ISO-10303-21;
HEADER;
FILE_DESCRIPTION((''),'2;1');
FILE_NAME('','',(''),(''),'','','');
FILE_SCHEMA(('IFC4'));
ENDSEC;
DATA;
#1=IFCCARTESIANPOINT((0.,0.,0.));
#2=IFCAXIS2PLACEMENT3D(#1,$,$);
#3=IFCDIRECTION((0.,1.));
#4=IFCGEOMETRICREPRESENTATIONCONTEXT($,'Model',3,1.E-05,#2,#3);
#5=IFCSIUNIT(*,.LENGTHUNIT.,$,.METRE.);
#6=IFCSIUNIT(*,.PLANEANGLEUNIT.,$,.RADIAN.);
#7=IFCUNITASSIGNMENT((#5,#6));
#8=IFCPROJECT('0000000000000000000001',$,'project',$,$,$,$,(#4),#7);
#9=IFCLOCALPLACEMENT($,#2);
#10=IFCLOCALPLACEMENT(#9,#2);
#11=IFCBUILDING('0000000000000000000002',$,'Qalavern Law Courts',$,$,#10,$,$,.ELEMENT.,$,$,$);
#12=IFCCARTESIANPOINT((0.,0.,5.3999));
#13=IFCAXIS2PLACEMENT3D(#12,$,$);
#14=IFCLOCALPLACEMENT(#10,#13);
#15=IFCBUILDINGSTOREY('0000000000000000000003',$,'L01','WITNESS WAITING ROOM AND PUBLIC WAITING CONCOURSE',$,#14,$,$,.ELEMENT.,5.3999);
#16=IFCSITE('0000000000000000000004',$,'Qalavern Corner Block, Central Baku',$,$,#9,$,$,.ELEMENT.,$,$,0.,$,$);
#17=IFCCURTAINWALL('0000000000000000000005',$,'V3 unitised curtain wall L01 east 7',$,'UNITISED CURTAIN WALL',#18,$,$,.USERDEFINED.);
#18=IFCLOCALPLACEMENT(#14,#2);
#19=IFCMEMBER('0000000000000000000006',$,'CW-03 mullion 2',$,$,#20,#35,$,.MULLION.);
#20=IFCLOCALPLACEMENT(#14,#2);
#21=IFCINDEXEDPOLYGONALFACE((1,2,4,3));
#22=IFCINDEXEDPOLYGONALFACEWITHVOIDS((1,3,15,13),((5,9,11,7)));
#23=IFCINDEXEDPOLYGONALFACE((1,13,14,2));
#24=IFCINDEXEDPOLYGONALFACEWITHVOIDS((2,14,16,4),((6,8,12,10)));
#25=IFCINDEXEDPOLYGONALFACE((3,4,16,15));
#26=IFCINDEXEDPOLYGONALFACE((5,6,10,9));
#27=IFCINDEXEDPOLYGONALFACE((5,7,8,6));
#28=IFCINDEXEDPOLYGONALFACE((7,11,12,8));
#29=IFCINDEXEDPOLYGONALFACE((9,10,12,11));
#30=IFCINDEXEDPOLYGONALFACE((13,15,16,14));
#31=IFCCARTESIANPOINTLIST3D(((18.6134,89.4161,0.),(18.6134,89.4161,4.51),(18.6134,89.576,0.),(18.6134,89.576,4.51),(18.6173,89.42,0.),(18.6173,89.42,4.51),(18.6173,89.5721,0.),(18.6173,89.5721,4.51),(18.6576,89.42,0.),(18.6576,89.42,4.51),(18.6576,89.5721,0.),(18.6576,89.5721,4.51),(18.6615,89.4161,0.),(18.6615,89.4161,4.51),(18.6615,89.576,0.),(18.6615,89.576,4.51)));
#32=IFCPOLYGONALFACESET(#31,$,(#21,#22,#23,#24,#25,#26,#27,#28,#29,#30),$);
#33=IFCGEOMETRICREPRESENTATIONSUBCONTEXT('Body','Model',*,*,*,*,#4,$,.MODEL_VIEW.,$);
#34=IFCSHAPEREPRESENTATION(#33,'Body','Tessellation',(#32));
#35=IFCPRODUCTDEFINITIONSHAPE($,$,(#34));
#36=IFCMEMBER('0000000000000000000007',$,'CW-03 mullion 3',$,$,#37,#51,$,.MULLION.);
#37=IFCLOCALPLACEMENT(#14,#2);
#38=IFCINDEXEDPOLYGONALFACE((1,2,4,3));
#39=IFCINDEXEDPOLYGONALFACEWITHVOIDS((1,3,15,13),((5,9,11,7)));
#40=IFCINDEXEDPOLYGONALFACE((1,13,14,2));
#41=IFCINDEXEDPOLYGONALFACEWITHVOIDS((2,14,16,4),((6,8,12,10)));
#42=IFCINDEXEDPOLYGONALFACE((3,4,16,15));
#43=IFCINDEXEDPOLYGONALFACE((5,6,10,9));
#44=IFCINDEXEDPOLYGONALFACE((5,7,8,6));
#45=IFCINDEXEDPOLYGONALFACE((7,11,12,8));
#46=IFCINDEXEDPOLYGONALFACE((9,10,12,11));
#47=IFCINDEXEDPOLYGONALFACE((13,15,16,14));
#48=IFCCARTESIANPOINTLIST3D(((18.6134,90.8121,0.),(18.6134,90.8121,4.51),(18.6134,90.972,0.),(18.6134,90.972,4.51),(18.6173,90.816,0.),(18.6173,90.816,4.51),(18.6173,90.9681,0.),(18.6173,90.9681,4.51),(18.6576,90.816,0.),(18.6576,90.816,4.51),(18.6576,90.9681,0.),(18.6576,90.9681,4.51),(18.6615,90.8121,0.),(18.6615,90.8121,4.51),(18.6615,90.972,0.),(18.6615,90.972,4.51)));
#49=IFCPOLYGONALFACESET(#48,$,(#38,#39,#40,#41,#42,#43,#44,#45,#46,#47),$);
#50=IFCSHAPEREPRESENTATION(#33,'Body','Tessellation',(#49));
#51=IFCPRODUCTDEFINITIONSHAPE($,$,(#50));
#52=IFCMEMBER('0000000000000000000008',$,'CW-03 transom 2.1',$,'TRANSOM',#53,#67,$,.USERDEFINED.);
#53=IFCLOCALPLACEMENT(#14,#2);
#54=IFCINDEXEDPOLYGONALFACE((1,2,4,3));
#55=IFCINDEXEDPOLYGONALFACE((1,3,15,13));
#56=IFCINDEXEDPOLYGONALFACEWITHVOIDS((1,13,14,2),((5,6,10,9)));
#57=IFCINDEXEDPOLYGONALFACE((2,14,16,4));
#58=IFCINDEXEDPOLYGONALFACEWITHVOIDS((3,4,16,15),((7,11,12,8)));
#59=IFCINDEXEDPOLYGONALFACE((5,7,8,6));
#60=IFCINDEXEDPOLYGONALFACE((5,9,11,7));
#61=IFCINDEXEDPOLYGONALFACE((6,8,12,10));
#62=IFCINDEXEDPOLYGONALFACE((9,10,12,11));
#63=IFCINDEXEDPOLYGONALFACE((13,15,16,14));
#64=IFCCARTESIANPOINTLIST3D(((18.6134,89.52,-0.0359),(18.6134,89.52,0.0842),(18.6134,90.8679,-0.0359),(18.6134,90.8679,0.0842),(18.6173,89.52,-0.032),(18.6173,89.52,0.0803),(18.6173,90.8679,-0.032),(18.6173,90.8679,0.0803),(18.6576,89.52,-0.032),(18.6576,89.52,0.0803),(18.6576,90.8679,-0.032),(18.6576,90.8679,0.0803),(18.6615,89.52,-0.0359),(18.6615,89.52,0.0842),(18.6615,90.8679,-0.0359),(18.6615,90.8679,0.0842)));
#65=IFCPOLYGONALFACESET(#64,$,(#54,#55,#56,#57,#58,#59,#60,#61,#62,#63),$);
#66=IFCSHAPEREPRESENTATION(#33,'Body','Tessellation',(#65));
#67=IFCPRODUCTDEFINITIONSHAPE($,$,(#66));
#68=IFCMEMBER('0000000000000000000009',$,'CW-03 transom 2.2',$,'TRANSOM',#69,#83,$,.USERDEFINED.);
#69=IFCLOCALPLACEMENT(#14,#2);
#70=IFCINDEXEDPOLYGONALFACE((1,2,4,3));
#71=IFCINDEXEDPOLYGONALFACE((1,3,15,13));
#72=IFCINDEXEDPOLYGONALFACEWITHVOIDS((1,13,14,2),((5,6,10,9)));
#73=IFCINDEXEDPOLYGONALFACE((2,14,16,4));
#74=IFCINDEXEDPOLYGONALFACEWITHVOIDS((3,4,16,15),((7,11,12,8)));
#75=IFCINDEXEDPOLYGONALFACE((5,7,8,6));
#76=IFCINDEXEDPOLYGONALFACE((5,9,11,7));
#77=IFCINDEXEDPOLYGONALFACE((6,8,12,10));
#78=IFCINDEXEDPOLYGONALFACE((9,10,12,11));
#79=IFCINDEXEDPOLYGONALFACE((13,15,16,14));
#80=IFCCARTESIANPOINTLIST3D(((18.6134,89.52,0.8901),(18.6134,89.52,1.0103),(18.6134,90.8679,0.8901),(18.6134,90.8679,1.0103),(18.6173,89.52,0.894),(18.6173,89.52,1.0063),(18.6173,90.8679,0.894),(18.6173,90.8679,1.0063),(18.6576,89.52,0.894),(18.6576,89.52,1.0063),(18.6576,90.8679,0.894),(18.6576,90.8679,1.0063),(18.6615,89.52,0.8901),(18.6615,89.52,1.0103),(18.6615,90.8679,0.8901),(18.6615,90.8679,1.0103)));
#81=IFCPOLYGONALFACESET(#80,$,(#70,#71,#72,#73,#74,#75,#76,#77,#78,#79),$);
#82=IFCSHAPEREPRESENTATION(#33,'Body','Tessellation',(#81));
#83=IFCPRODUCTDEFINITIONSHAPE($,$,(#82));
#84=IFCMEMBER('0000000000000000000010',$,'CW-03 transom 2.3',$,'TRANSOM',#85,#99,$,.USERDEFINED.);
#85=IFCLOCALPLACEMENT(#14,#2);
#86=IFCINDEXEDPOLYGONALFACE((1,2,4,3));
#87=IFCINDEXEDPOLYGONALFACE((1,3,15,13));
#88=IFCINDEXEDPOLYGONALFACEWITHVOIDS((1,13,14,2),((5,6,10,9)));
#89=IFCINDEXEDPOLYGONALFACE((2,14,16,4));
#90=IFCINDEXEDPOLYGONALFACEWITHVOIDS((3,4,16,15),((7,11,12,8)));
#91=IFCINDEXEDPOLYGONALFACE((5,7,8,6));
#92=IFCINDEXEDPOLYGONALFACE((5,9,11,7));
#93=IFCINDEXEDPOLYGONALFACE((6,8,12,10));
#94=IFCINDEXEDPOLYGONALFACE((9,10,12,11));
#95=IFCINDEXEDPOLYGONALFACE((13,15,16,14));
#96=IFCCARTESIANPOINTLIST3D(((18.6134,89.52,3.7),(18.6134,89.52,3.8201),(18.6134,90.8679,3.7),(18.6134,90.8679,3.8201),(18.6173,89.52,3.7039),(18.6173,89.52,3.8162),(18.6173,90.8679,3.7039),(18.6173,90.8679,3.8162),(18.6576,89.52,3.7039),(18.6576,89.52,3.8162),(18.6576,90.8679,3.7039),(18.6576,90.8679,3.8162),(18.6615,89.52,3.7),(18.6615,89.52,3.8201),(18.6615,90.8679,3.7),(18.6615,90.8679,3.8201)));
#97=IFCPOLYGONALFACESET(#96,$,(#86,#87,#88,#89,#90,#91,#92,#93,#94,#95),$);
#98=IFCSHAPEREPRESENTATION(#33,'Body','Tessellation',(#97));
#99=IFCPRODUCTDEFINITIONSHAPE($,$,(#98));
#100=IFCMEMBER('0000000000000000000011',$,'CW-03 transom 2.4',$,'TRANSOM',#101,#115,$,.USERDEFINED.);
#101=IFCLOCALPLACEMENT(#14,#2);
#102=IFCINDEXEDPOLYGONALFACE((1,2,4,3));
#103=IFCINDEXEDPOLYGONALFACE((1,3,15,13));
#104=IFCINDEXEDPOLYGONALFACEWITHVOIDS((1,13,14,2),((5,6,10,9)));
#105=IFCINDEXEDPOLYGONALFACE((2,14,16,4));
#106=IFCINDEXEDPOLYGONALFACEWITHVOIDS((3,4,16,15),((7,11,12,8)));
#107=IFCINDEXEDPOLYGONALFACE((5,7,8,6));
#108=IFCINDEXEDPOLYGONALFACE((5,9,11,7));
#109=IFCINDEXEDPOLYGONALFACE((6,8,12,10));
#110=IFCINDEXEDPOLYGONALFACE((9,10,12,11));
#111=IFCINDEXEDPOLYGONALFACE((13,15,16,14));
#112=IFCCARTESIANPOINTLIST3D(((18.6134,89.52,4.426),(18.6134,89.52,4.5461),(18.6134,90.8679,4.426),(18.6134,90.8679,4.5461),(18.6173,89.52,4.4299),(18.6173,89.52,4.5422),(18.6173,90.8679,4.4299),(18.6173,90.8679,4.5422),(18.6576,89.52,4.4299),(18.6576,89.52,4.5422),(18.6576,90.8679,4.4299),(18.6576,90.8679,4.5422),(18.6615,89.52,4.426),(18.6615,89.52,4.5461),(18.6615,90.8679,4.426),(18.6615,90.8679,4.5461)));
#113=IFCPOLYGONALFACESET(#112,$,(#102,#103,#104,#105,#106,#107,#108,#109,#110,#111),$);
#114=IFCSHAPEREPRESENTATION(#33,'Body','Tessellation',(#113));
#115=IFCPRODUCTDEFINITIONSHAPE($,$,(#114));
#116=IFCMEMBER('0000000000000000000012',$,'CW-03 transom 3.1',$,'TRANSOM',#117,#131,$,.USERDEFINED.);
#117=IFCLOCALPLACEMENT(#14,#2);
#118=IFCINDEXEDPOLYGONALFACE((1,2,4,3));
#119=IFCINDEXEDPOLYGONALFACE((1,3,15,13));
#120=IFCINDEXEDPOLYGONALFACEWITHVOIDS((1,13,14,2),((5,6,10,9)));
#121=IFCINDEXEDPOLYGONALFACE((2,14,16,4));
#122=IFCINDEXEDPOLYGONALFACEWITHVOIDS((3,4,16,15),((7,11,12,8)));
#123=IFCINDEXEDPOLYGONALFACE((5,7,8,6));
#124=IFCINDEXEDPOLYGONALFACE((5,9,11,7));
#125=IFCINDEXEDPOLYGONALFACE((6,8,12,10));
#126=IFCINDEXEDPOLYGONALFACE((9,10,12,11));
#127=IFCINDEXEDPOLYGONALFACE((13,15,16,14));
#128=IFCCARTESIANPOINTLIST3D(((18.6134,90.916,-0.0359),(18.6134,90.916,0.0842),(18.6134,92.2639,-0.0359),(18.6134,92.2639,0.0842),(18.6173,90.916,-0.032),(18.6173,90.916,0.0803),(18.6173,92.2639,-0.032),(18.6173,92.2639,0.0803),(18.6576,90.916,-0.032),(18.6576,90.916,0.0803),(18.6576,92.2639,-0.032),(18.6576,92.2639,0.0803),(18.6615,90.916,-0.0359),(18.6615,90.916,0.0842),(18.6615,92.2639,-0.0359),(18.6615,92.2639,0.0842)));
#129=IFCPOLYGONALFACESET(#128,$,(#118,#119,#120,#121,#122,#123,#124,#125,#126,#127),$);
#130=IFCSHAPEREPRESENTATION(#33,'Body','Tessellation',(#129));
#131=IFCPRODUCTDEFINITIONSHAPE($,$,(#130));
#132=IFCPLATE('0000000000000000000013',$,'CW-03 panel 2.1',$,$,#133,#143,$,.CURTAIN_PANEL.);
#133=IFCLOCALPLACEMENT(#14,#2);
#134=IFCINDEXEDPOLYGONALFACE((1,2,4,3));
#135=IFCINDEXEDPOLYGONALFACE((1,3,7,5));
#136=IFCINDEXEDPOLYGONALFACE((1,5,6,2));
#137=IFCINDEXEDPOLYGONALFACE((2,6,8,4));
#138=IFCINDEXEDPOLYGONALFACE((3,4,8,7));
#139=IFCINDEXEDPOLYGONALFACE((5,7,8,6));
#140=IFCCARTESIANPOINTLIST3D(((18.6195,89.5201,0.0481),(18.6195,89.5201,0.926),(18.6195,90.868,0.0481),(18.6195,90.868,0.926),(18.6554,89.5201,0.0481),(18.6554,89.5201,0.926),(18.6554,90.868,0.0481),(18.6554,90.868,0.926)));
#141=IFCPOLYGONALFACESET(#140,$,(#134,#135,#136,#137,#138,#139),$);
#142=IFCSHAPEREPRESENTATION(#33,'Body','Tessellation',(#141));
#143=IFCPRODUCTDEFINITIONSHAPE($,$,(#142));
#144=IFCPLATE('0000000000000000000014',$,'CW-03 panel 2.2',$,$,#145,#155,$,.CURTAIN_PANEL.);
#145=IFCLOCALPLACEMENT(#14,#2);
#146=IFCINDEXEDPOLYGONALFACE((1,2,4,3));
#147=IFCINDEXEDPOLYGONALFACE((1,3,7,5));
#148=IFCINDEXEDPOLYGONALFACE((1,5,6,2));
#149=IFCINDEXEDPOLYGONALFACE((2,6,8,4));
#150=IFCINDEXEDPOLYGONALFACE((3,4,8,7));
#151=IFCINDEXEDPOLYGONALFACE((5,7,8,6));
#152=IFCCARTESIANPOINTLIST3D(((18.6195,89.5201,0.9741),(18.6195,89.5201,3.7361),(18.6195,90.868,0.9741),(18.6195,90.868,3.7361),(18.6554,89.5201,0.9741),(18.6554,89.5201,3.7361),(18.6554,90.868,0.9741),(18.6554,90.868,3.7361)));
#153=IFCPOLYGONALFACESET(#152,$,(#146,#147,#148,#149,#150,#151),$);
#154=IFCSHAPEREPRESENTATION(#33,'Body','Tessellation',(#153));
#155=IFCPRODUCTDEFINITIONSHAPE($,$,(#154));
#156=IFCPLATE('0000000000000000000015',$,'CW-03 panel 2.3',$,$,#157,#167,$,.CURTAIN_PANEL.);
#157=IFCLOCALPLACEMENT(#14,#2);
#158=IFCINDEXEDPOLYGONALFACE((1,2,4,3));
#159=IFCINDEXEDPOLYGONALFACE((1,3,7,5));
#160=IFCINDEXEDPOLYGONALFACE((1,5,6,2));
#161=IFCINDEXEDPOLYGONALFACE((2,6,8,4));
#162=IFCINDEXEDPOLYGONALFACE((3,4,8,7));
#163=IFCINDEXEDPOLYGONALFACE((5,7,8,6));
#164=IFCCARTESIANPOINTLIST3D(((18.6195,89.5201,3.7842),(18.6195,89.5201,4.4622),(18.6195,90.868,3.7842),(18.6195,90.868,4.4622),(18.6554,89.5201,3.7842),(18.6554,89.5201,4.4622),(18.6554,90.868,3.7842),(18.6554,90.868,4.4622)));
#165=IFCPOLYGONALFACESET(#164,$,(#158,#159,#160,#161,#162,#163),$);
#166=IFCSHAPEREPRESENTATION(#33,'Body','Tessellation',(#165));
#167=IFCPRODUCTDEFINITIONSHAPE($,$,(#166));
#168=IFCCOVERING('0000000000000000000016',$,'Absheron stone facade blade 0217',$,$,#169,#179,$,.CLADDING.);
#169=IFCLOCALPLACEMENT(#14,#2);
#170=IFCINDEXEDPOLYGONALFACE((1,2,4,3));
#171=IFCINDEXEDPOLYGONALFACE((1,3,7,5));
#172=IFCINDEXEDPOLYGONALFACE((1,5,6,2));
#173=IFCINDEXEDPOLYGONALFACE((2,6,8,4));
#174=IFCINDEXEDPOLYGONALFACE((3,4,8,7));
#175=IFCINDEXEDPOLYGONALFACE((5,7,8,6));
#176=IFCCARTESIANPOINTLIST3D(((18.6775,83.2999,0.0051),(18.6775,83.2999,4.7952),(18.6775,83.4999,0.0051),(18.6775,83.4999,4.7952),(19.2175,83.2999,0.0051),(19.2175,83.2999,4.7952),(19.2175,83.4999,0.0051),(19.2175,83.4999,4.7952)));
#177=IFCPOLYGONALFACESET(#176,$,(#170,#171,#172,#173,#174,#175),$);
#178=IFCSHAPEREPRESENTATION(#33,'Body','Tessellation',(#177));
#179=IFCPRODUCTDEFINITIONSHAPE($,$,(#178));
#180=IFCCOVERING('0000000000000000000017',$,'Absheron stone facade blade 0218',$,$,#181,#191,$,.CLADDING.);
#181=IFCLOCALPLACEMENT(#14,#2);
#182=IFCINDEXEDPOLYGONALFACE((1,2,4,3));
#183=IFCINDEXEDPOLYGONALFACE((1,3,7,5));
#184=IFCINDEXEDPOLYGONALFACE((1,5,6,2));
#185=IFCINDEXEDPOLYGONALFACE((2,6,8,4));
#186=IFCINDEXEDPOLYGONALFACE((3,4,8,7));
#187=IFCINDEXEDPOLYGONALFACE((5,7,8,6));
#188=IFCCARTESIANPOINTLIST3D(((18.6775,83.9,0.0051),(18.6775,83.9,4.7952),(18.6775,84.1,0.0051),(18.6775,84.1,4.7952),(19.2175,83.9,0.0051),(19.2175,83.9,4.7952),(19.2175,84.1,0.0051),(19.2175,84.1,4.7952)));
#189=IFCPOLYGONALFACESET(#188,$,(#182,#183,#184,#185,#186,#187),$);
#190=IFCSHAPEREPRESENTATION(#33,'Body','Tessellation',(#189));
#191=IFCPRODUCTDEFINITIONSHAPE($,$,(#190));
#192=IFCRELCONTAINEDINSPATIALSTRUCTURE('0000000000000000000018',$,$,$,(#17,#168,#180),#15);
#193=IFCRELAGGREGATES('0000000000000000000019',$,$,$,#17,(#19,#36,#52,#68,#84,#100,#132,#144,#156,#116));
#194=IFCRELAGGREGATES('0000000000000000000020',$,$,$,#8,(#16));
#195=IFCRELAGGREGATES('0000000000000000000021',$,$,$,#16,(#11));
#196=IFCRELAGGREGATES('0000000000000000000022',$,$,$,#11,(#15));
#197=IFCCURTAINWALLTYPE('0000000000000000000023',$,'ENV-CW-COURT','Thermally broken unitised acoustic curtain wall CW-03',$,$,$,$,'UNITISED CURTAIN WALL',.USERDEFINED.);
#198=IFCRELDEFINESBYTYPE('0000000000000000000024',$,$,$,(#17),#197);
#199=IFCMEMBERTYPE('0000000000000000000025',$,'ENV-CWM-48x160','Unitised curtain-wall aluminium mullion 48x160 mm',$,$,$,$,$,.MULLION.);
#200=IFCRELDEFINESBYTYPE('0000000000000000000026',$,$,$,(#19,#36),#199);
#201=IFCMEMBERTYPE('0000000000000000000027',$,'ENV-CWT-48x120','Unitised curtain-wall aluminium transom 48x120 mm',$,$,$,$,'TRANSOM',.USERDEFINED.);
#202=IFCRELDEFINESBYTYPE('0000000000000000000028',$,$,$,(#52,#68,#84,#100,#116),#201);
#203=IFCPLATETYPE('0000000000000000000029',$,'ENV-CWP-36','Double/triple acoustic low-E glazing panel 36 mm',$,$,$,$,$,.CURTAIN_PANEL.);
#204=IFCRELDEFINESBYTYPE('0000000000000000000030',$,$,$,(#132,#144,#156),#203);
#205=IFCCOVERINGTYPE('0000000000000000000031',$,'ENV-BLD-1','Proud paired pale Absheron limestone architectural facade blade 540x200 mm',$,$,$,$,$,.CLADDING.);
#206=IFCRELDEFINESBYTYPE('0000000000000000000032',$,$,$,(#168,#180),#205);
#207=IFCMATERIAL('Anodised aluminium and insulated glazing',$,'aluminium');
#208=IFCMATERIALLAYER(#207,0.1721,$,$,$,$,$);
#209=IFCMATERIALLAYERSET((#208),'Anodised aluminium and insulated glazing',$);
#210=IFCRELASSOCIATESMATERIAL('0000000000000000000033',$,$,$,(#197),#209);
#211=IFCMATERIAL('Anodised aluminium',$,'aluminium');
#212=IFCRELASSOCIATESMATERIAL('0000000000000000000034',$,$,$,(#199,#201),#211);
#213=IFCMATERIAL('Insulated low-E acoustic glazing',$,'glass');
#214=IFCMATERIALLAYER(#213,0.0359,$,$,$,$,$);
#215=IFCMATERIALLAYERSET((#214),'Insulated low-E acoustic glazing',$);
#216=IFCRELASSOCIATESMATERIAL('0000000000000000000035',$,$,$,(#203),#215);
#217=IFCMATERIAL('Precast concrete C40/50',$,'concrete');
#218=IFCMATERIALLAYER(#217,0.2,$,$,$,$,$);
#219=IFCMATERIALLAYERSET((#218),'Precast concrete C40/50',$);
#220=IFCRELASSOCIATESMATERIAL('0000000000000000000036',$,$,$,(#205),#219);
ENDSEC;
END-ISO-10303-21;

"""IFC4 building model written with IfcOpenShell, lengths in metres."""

from ifc_helpers import new_model, si_unit, direction, frame, origin, origin_2d, place, context, subcontext, project, spatial, rectangle, hollow_rectangle, extrude, material, layer, layer_set, material_profile, profile_set, type_object, element, aggregate, save


model = new_model("IFC4")

# Units and contexts
model_context = context("Model", 3, precision=1e-05, world=origin(), true_north=direction((0.0, 1.0)))
body_context = subcontext(model_context, "Body", "Model", "MODEL_VIEW")
ifc_project = project(units=[si_unit("LENGTHUNIT", "METRE"), si_unit("PLANEANGLEUNIT", "RADIAN")], contexts=[model_context])

# Site, building, storey
site_placement = place(None, origin())
site = spatial("IfcSite", under=ifc_project, at=site_placement, Name="Qalavern Corner Block, Central Baku", CompositionType="ELEMENT", RefElevation=0.0)
building_placement = place(site_placement, origin())
building = spatial("IfcBuilding", under=site, at=building_placement, Name="Qalavern Law Courts", CompositionType="ELEMENT")
storey_placement = place(building_placement, frame((0.0, 0.0, 5.3999)))
storey = spatial("IfcBuildingStorey", under=building, at=storey_placement, Name="L01", Description="WITNESS WAITING ROOM AND PUBLIC WAITING CONCOURSE", CompositionType="ELEMENT", Elevation=5.3999)

# Curtain wall, members, plates
ifc_material_1 = material(Name="Anodised aluminium and insulated glazing", Category="aluminium")
ifc_layer_1 = layer(ifc_material_1, 0.1721)
ifc_layer_set_1 = layer_set([ifc_layer_1], Name="Anodised aluminium and insulated glazing")
curtain_wall_type = type_object("IfcCurtainWallType", Name="ENV-CW-COURT", Description="Thermally broken unitised acoustic curtain wall CW-03", ElementType="UNITISED CURTAIN WALL", PredefinedType="USERDEFINED", material=ifc_layer_set_1)
curtain_wall_placement = place(storey_placement, origin())
curtain_wall = element("IfcCurtainWall", 1, at=curtain_wall_placement, inside=storey, type_object=curtain_wall_type, Name="V3 unitised curtain wall L01 east 7", ObjectType="UNITISED CURTAIN WALL", PredefinedType="USERDEFINED")
ifc_material_2 = material(Name="Anodised aluminium", Category="aluminium")
ifc_material_profile_1 = material_profile(ifc_material_2, hollow_rectangle(XDim=0.0481, YDim=0.1599, WallThickness=0.0039, at=origin_2d()), Name="ALU MULLION 48x160")
ifc_profile_set_1 = profile_set([ifc_material_profile_1], Name="Anodised aluminium")
member_type_1 = type_object("IfcMemberType", Name="ENV-CWM-48x160", Description="Unitised curtain-wall aluminium mullion 48x160 mm", PredefinedType="MULLION", material=ifc_profile_set_1)
member_1_placement = place(storey_placement, frame((18.6375, 89.4961, 0.0), z_axis=(0.0, 0.0, 1.0), x_axis=(-1.0, 0.0, 0.0)))
member_1 = element("IfcMember", 2, at=member_1_placement, type_object=member_type_1, Name="CW-03 mullion 2", PredefinedType="MULLION", context=body_context, shape_type="SweptSolid", body=[
    extrude(hollow_rectangle(XDim=0.0481, YDim=0.1599, WallThickness=0.0039, at=origin_2d()), origin(), (0.0, 0.0, 1.0), 4.51),
])
member_2_placement = place(storey_placement, frame((18.6375, 90.8921, 0.0), z_axis=(0.0, 0.0, 1.0), x_axis=(-1.0, 0.0, 0.0)))
member_2 = element("IfcMember", 3, at=member_2_placement, type_object=member_type_1, Name="CW-03 mullion 3", PredefinedType="MULLION", context=body_context, shape_type="SweptSolid", body=[
    extrude(hollow_rectangle(XDim=0.0481, YDim=0.1599, WallThickness=0.0039, at=origin_2d()), origin(), (0.0, 0.0, 1.0), 4.51),
])
ifc_material_profile_2 = material_profile(ifc_material_2, hollow_rectangle(XDim=0.0481, YDim=0.1201, WallThickness=0.0039, at=origin_2d()), Name="ALU TRANSOM 48x120")
ifc_profile_set_2 = profile_set([ifc_material_profile_2], Name="Anodised aluminium")
member_type_2 = type_object("IfcMemberType", Name="ENV-CWT-48x120", Description="Unitised curtain-wall aluminium transom 48x120 mm", ElementType="TRANSOM", PredefinedType="USERDEFINED", material=ifc_profile_set_2)
member_3_placement = place(storey_placement, frame((18.6375, 89.52, 0.0242), z_axis=(0.0, 1.0, 0.0), x_axis=(-1.0, 0.0, 0.0)))
member_3 = element("IfcMember", 4, at=member_3_placement, type_object=member_type_2, Name="CW-03 transom 2.1", ObjectType="TRANSOM", PredefinedType="USERDEFINED", context=body_context, shape_type="SweptSolid", body=[
    extrude(hollow_rectangle(XDim=0.0481, YDim=0.1201, WallThickness=0.0039, at=origin_2d()), origin(), (0.0, 0.0, 1.0), 1.3479),
])
member_4_placement = place(storey_placement, frame((18.6375, 89.52, 0.9502), z_axis=(0.0, 1.0, 0.0), x_axis=(-1.0, 0.0, 0.0)))
member_4 = element("IfcMember", 5, at=member_4_placement, type_object=member_type_2, Name="CW-03 transom 2.2", ObjectType="TRANSOM", PredefinedType="USERDEFINED", context=body_context, shape_type="SweptSolid", body=[
    extrude(hollow_rectangle(XDim=0.0481, YDim=0.1201, WallThickness=0.0039, at=origin_2d()), origin(), (0.0, 0.0, 1.0), 1.3479),
])
member_5_placement = place(storey_placement, frame((18.6375, 89.52, 3.76), z_axis=(0.0, 1.0, 0.0), x_axis=(-1.0, 0.0, 0.0)))
member_5 = element("IfcMember", 6, at=member_5_placement, type_object=member_type_2, Name="CW-03 transom 2.3", ObjectType="TRANSOM", PredefinedType="USERDEFINED", context=body_context, shape_type="SweptSolid", body=[
    extrude(hollow_rectangle(XDim=0.0481, YDim=0.1201, WallThickness=0.0039, at=origin_2d()), origin(), (0.0, 0.0, 1.0), 1.3479),
])
member_6_placement = place(storey_placement, frame((18.6375, 89.52, 4.4861), z_axis=(0.0, 1.0, 0.0), x_axis=(-1.0, 0.0, 0.0)))
member_6 = element("IfcMember", 7, at=member_6_placement, type_object=member_type_2, Name="CW-03 transom 2.4", ObjectType="TRANSOM", PredefinedType="USERDEFINED", context=body_context, shape_type="SweptSolid", body=[
    extrude(hollow_rectangle(XDim=0.0481, YDim=0.1201, WallThickness=0.0039, at=origin_2d()), origin(), (0.0, 0.0, 1.0), 1.3479),
])
member_7_placement = place(storey_placement, frame((18.6375, 90.916, 0.0242), z_axis=(0.0, 1.0, 0.0), x_axis=(-1.0, 0.0, 0.0)))
member_7 = element("IfcMember", 8, at=member_7_placement, type_object=member_type_2, Name="CW-03 transom 3.1", ObjectType="TRANSOM", PredefinedType="USERDEFINED", context=body_context, shape_type="SweptSolid", body=[
    extrude(hollow_rectangle(XDim=0.0481, YDim=0.1201, WallThickness=0.0039, at=origin_2d()), origin(), (0.0, 0.0, 1.0), 1.3479),
])
ifc_material_3 = material(Name="Insulated low-E acoustic glazing", Category="glass")
ifc_layer_2 = layer(ifc_material_3, 0.0359)
ifc_layer_set_2 = layer_set([ifc_layer_2], Name="Insulated low-E acoustic glazing")
plate_type = type_object("IfcPlateType", Name="ENV-CWP-36", Description="Double/triple acoustic low-E glazing panel 36 mm", PredefinedType="CURTAIN_PANEL", material=ifc_layer_set_2)
plate_1_placement = place(storey_placement, frame((18.6375, 90.1941, 0.0481), z_axis=(0.0, 0.0, 1.0), x_axis=(0.0, 1.0, 0.0)))
plate_1 = element("IfcPlate", 9, at=plate_1_placement, type_object=plate_type, Name="CW-03 panel 2.1", PredefinedType="CURTAIN_PANEL", context=body_context, shape_type="SweptSolid", body=[
    extrude(rectangle(XDim=1.3479, YDim=0.0359, at=origin_2d()), origin(), (0.0, 0.0, 1.0), 0.8779),
])
plate_2_placement = place(storey_placement, frame((18.6375, 90.1941, 0.9741), z_axis=(0.0, 0.0, 1.0), x_axis=(0.0, 1.0, 0.0)))
plate_2 = element("IfcPlate", 10, at=plate_2_placement, type_object=plate_type, Name="CW-03 panel 2.2", PredefinedType="CURTAIN_PANEL", context=body_context, shape_type="SweptSolid", body=[
    extrude(rectangle(XDim=1.3479, YDim=0.0359, at=origin_2d()), origin(), (0.0, 0.0, 1.0), 2.762),
])
plate_3_placement = place(storey_placement, frame((18.6375, 90.1941, 3.7842), z_axis=(0.0, 0.0, 1.0), x_axis=(0.0, 1.0, 0.0)))
plate_3 = element("IfcPlate", 11, at=plate_3_placement, type_object=plate_type, Name="CW-03 panel 2.3", PredefinedType="CURTAIN_PANEL", context=body_context, shape_type="SweptSolid", body=[
    extrude(rectangle(XDim=1.3479, YDim=0.0359, at=origin_2d()), origin(), (0.0, 0.0, 1.0), 0.678),
])
aggregate(curtain_wall, [member_1, member_2, member_3, member_4, member_5, member_6, plate_1, plate_2, plate_3, member_7])

# Coverings
ifc_material_4 = material(Name="Precast concrete C40/50", Category="concrete")
ifc_layer_3 = layer(ifc_material_4, 0.2)
ifc_layer_set_3 = layer_set([ifc_layer_3], Name="Precast concrete C40/50")
covering_type_1 = type_object("IfcCoveringType", Name="ENV-BLD-1", Description="Proud paired pale Absheron limestone architectural facade blade 540x200 mm", PredefinedType="CLADDING", material=ifc_layer_set_3)
for number, where, z_axis, x_axis, name in (
    (12, (18.9475, 83.3999, 0.0051), (0.0, 0.0, 1.0), (1.0, 0.0, 0.0), "Absheron stone facade blade 0217"),
    (13, (18.9475, 84.0, 0.0051), (0.0, 0.0, 1.0), (1.0, 0.0, 0.0), "Absheron stone facade blade 0218"),
):
    element("IfcCovering", number, at=place(storey_placement, frame(where, z_axis=z_axis, x_axis=x_axis)), inside=storey, type_object=covering_type_1, Name=name, PredefinedType="CLADDING", context=body_context, shape_type="SweptSolid", body=[
        extrude(rectangle(XDim=0.54, YDim=0.2, at=origin_2d()), origin(), (0.0, 0.0, 1.0), 4.79),
    ])

save(model, "model.ifc")
